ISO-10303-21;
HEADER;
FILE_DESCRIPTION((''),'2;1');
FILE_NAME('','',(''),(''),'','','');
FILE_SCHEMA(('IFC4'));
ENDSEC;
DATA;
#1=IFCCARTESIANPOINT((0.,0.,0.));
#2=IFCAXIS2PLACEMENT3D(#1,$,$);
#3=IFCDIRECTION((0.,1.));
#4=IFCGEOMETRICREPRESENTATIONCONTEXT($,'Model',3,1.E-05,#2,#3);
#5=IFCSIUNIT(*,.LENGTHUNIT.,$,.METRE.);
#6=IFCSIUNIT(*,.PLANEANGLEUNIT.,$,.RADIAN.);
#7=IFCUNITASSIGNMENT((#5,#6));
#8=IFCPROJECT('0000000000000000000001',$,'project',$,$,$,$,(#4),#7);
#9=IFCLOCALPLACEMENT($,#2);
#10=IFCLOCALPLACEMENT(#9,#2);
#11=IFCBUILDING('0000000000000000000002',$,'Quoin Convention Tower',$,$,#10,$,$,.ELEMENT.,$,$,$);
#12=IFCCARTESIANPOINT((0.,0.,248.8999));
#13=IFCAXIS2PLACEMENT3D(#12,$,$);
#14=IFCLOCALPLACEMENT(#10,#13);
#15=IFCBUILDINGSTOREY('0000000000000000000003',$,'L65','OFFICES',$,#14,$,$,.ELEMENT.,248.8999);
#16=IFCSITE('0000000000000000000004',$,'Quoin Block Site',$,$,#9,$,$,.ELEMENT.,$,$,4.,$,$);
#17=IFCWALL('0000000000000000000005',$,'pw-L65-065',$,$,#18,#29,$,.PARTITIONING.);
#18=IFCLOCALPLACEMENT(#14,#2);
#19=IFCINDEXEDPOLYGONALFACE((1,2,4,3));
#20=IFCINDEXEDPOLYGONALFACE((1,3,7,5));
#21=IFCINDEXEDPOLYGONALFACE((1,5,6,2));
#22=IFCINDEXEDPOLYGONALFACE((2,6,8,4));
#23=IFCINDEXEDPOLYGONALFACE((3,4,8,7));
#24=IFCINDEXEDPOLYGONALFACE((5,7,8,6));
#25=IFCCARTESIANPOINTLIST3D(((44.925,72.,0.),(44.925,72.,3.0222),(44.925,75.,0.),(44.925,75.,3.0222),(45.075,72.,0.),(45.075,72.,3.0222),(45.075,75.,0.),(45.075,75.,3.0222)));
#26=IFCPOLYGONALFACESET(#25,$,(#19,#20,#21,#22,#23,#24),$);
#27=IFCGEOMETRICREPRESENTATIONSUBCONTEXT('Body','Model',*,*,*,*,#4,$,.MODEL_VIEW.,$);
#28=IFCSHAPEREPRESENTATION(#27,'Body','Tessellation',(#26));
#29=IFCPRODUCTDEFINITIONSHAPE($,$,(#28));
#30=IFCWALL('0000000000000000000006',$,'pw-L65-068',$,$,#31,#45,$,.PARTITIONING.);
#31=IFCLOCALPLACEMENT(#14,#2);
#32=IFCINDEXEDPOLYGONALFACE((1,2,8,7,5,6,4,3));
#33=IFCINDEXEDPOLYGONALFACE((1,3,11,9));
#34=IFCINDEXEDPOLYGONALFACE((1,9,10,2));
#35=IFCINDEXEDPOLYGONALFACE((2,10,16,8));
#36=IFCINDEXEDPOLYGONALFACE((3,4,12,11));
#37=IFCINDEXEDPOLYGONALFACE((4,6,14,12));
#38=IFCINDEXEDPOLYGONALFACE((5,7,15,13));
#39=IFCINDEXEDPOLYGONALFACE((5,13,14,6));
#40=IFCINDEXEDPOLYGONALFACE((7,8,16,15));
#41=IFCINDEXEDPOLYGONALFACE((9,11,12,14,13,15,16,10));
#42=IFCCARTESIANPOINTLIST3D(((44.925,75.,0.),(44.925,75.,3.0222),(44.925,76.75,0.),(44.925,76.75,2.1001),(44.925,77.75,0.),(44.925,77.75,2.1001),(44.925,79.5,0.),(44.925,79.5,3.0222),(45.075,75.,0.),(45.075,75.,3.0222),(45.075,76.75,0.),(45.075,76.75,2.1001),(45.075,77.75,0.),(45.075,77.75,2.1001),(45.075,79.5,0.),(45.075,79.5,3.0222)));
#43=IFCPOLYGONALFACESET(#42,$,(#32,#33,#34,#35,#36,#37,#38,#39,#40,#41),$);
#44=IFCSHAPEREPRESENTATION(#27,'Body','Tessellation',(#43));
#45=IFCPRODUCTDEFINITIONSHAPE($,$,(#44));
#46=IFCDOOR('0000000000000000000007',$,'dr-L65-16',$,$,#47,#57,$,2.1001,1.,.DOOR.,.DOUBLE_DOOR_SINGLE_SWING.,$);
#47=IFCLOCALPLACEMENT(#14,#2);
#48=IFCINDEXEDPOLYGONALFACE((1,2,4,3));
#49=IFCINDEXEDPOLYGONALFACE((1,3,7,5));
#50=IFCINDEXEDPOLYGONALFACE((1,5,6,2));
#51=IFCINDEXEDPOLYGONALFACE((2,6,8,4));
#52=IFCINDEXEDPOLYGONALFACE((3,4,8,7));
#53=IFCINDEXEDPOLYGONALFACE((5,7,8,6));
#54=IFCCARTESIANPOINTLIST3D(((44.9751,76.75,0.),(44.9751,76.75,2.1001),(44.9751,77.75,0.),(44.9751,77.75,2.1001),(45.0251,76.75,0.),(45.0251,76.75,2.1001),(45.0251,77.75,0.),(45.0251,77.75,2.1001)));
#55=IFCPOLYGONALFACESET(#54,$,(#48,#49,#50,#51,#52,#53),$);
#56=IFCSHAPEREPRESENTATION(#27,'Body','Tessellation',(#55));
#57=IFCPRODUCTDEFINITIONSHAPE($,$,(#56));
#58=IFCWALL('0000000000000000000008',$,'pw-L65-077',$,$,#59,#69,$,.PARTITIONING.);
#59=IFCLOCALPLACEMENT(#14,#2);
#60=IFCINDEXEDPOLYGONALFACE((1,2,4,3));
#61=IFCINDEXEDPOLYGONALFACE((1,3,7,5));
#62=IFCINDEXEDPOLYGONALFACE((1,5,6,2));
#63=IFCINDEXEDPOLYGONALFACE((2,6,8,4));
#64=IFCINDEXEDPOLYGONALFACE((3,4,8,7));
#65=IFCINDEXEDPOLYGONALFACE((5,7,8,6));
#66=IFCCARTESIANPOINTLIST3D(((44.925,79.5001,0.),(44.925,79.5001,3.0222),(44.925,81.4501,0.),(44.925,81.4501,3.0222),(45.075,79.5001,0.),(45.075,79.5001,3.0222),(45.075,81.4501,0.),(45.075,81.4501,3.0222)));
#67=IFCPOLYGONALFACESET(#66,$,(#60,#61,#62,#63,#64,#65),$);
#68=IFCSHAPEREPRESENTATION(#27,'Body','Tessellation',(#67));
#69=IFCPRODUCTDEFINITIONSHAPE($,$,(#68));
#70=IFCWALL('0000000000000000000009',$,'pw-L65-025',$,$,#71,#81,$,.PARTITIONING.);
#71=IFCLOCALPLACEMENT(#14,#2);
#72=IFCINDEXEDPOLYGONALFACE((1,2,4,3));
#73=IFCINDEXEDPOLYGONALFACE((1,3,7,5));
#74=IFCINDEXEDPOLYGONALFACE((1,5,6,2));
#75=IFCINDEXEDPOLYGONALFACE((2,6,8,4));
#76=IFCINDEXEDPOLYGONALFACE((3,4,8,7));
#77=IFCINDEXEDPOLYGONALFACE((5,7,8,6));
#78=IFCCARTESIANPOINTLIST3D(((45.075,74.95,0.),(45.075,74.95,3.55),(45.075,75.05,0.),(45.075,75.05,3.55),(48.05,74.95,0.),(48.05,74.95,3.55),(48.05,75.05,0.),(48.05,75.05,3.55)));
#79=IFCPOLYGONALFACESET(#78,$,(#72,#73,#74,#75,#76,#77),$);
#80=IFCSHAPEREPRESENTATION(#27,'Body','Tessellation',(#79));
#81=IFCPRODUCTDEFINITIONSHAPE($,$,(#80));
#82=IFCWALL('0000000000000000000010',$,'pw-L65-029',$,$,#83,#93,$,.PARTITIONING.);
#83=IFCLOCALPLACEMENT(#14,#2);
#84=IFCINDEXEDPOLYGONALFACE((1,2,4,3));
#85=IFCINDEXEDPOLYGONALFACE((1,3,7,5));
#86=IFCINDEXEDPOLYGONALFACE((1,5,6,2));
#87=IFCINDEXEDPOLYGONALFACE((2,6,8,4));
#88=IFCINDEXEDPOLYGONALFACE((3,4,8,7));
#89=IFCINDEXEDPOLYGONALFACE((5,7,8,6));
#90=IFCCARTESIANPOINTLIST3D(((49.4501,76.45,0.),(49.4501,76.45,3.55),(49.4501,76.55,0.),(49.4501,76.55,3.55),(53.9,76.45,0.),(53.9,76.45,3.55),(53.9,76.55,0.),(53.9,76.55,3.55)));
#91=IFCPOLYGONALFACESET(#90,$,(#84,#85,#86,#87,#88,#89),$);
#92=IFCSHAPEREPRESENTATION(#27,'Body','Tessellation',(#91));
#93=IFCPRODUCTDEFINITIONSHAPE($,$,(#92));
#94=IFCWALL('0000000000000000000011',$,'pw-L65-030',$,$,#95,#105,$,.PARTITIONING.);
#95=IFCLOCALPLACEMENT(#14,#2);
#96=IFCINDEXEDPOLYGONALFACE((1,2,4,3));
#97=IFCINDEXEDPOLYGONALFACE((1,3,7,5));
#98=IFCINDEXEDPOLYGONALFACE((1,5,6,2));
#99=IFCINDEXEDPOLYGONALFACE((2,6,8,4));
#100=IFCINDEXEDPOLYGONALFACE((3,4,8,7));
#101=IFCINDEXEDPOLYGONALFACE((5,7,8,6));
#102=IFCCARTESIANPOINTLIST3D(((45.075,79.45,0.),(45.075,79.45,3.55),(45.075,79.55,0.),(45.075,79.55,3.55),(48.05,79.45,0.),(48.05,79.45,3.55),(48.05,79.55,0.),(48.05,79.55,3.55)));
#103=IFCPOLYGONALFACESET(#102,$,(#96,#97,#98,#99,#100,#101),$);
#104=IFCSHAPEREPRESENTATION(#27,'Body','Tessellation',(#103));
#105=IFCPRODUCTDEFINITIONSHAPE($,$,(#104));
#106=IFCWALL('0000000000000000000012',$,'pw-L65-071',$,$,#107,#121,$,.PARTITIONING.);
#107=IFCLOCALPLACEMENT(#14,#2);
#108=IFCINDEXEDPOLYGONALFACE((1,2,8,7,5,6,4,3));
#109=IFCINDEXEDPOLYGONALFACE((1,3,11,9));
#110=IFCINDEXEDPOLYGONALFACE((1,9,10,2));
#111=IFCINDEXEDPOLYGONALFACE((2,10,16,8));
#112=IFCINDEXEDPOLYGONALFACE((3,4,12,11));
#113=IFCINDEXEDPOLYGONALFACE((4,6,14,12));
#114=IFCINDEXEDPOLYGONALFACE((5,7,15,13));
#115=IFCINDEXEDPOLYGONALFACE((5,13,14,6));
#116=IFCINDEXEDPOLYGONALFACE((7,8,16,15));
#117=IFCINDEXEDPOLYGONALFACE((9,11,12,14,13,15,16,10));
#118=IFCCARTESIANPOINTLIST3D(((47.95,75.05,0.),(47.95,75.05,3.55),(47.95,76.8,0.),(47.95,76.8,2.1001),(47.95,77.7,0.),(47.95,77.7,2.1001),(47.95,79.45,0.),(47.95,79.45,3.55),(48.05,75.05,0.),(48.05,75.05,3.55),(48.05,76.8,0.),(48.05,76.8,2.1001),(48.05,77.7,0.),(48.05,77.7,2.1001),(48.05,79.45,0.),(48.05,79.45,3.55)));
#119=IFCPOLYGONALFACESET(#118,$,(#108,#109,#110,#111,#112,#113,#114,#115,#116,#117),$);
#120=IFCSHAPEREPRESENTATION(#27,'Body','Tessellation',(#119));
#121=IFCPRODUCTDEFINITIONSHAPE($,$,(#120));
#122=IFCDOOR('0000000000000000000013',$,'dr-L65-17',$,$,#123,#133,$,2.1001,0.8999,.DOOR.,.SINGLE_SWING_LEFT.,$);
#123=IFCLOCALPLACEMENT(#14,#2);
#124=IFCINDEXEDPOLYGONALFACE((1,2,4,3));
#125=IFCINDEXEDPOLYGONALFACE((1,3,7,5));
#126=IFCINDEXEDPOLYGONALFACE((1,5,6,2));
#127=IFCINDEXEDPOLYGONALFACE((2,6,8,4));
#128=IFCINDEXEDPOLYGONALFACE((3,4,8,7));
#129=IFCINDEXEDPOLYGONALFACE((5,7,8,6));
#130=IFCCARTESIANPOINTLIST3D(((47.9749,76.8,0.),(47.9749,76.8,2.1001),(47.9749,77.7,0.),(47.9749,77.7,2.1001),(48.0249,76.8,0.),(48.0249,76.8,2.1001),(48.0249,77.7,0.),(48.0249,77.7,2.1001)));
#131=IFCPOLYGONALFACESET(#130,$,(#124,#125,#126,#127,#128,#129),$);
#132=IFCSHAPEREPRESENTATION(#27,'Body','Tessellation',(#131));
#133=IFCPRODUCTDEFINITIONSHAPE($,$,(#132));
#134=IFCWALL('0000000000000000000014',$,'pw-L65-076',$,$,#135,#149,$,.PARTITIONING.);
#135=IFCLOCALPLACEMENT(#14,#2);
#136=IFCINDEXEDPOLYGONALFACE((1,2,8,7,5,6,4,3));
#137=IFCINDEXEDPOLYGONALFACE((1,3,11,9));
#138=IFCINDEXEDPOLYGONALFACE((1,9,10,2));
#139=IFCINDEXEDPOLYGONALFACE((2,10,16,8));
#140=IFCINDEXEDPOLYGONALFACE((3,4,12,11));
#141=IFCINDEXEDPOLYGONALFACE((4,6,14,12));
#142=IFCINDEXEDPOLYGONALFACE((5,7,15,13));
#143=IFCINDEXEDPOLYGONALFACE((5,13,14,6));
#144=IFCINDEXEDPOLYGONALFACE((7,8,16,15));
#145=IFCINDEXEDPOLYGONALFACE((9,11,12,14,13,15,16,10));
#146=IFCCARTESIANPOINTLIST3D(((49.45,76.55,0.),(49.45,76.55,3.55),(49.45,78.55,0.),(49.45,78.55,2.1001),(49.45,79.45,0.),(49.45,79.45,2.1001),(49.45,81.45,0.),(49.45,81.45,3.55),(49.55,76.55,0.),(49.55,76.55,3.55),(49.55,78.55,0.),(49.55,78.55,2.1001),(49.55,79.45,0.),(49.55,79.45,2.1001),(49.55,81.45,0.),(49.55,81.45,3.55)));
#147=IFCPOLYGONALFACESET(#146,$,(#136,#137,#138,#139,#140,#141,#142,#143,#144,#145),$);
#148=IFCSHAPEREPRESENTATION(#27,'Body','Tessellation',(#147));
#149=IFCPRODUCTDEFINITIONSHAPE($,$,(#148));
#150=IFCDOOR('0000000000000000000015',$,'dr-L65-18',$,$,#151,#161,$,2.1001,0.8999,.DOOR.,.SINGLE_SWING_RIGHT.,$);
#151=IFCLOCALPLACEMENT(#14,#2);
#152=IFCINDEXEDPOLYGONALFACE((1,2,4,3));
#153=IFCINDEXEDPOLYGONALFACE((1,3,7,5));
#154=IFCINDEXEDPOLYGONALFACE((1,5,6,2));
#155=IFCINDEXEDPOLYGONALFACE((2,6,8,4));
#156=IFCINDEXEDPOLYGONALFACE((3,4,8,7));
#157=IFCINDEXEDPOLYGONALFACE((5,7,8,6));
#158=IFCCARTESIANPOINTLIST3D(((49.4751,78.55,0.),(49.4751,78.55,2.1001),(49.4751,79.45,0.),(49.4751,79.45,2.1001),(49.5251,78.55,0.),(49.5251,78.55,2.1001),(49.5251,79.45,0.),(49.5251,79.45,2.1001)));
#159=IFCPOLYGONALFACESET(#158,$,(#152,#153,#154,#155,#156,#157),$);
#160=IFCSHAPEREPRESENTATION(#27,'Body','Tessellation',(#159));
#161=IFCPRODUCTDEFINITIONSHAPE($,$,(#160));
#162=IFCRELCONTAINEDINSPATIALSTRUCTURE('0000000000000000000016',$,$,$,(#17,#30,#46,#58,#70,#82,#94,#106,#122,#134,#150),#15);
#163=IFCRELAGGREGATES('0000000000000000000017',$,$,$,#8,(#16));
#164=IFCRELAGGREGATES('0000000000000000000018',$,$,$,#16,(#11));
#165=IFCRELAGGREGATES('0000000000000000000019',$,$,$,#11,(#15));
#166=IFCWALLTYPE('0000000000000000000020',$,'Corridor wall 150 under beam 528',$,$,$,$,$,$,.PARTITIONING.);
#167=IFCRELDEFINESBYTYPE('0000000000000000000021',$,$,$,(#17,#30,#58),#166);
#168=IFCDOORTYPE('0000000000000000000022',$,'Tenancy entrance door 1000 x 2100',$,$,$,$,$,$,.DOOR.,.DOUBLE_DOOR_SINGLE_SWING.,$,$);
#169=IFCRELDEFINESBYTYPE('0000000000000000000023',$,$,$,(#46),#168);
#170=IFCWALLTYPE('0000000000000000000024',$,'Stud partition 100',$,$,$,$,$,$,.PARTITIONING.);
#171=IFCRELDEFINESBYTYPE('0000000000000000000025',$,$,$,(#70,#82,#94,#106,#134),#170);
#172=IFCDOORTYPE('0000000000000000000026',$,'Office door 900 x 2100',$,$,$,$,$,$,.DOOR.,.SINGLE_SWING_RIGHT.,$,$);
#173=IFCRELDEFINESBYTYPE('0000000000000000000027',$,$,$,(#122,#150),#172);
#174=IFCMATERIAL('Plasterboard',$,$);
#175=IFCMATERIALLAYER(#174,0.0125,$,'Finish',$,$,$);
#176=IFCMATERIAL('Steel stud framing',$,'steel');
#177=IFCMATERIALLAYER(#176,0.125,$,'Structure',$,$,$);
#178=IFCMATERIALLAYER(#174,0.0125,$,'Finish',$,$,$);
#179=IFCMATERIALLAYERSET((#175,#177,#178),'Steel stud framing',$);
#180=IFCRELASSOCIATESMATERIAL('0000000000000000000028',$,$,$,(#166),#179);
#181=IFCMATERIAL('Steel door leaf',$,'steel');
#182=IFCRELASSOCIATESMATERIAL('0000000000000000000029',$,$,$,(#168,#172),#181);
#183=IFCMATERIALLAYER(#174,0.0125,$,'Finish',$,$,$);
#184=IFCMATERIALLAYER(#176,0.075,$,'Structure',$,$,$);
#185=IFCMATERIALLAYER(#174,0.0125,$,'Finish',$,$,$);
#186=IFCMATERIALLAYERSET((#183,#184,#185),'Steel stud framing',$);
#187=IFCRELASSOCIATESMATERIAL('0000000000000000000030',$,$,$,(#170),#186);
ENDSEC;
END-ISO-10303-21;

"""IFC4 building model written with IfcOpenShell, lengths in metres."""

from ifc_helpers import new_model, si_unit, direction, frame, frame_2d, origin, place, context, subcontext, project, spatial, rectangle, extrude, material, layer, layer_set, type_object, element, fill, save


model = new_model("IFC4")

# Units and contexts
model_context = context("Model", 3, precision=1e-05, world=origin(), true_north=direction((0.0, 1.0)))
body_context = subcontext(model_context, "Body", "Model", "MODEL_VIEW")
ifc_project = project(units=[si_unit("LENGTHUNIT", "METRE"), si_unit("PLANEANGLEUNIT", "RADIAN")], contexts=[model_context])

# Site, building, storey
site_placement = place(None, origin())
site = spatial("IfcSite", under=ifc_project, at=site_placement, Name="Quoin Block Site", CompositionType="ELEMENT", RefElevation=4.0)
building_placement = place(site_placement, origin())
building = spatial("IfcBuilding", under=site, at=building_placement, Name="Quoin Convention Tower", CompositionType="ELEMENT")
storey_placement = place(building_placement, frame((0.0, 0.0, 248.8999)))
storey = spatial("IfcBuildingStorey", under=building, at=storey_placement, Name="L65", Description="OFFICES", CompositionType="ELEMENT", Elevation=248.8999)

# Wall
ifc_material_1 = material(Name="Plasterboard")
ifc_layer_1 = layer(ifc_material_1, 0.0125, Name="Finish")
ifc_material_2 = material(Name="Steel stud framing", Category="steel")
ifc_layer_2 = layer(ifc_material_2, 0.125, Name="Structure")
ifc_layer_3 = layer(ifc_material_1, 0.0125, Name="Finish")
ifc_layer_set_1 = layer_set([ifc_layer_1, ifc_layer_2, ifc_layer_3], Name="Steel stud framing")
wall_type_1 = type_object("IfcWallType", Name="Corridor wall 150 under beam 528", PredefinedType="PARTITIONING", material=ifc_layer_set_1)
wall_1_placement = place(storey_placement, frame((45.0, 72.0, 0.0), z_axis=(0.0, 0.0, 1.0), x_axis=(0.0, 1.0, 0.0)))
element("IfcWall", 1, at=wall_1_placement, inside=storey, type_object=wall_type_1, Name="pw-L65-065", PredefinedType="PARTITIONING", context=body_context, shape_type="SweptSolid", body=[
    extrude(rectangle(XDim=3.0, YDim=0.1499, at=frame_2d((1.5, 0.0))), origin(), (0.0, 0.0, 1.0), 3.0222),
])

# Wall, opening, door
wall_2_placement = place(storey_placement, frame((45.0, 75.0, 0.0), z_axis=(0.0, 0.0, 1.0), x_axis=(0.0, 1.0, 0.0)))
wall_2 = element("IfcWall", 2, at=wall_2_placement, inside=storey, type_object=wall_type_1, Name="pw-L65-068", PredefinedType="PARTITIONING", context=body_context, shape_type="SweptSolid", body=[
    extrude(rectangle(XDim=4.5, YDim=0.1499, at=frame_2d((2.25, 0.0))), origin(), (0.0, 0.0, 1.0), 3.0222),
])
opening_1_placement = place(wall_2_placement, frame((1.75, 0.0, 0.0)))
opening_1 = element("IfcOpeningElement", 3, at=opening_1_placement, cuts=wall_2, PredefinedType="OPENING", context=body_context, shape_type="SweptSolid", body=[
    extrude(rectangle(XDim=1.0, YDim=2.1001, at=frame_2d((0.5, 1.05))), frame((0.0, 0.085, 0.0), z_axis=(0.0, -1.0, 0.0), x_axis=(1.0, 0.0, 0.0)), (0.0, 0.0, 1.0), 0.1699),
])
ifc_material_3 = material(Name="Steel door leaf", Category="steel")
door_type_1 = type_object("IfcDoorType", Name="Tenancy entrance door 1000 x 2100", OperationType="DOUBLE_DOOR_SINGLE_SWING", PredefinedType="DOOR", material=ifc_material_3)
door_1_placement = place(opening_1_placement, origin())
door_1 = element("IfcDoor", 4, at=door_1_placement, inside=storey, type_object=door_type_1, Name="dr-L65-16", OperationType="DOUBLE_DOOR_SINGLE_SWING", OverallHeight=2.1001, OverallWidth=1.0, PredefinedType="DOOR", context=body_context, shape_type="SweptSolid", body=[
    extrude(rectangle(XDim=1.0, YDim=2.1001, at=frame_2d((0.5, 1.05))), frame((0.0, 0.0249, 0.0), z_axis=(0.0, -1.0, 0.0), x_axis=(1.0, 0.0, 0.0)), (0.0, 0.0, 1.0), 0.05),
])
fill(opening_1, door_1)

# Walls
wall_3_placement = place(storey_placement, frame((45.0, 79.5, 0.0), z_axis=(0.0, 0.0, 1.0), x_axis=(0.0, 1.0, 0.0)))
element("IfcWall", 5, at=wall_3_placement, inside=storey, type_object=wall_type_1, Name="pw-L65-077", PredefinedType="PARTITIONING", context=body_context, shape_type="SweptSolid", body=[
    extrude(rectangle(XDim=1.95, YDim=0.1499, at=frame_2d((0.9751, 0.0))), origin(), (0.0, 0.0, 1.0), 3.0222),
])
ifc_layer_4 = layer(ifc_material_1, 0.0125, Name="Finish")
ifc_layer_5 = layer(ifc_material_2, 0.075, Name="Structure")
ifc_layer_6 = layer(ifc_material_1, 0.0125, Name="Finish")
ifc_layer_set_2 = layer_set([ifc_layer_4, ifc_layer_5, ifc_layer_6], Name="Steel stud framing")
wall_type_2 = type_object("IfcWallType", Name="Stud partition 100", PredefinedType="PARTITIONING", material=ifc_layer_set_2)
wall_4_placement = place(storey_placement, frame((45.075, 75.0, 0.0), z_axis=(0.0, 0.0, 1.0), x_axis=(1.0, 0.0, 0.0)))
element("IfcWall", 6, at=wall_4_placement, inside=storey, type_object=wall_type_2, Name="pw-L65-025", PredefinedType="PARTITIONING", context=body_context, shape_type="SweptSolid", body=[
    extrude(rectangle(XDim=2.9751, YDim=0.1001, at=frame_2d((1.4875, 0.0))), origin(), (0.0, 0.0, 1.0), 3.55),
])
wall_5_placement = place(storey_placement, frame((49.45, 76.5, 0.0), z_axis=(0.0, 0.0, 1.0), x_axis=(1.0, 0.0, 0.0)))
element("IfcWall", 7, at=wall_5_placement, inside=storey, type_object=wall_type_2, Name="pw-L65-029", PredefinedType="PARTITIONING", context=body_context, shape_type="SweptSolid", body=[
    extrude(rectangle(XDim=4.45, YDim=0.1001, at=frame_2d((2.2251, 0.0))), origin(), (0.0, 0.0, 1.0), 3.55),
])
wall_6_placement = place(storey_placement, frame((45.075, 79.5, 0.0), z_axis=(0.0, 0.0, 1.0), x_axis=(1.0, 0.0, 0.0)))
element("IfcWall", 8, at=wall_6_placement, inside=storey, type_object=wall_type_2, Name="pw-L65-030", PredefinedType="PARTITIONING", context=body_context, shape_type="SweptSolid", body=[
    extrude(rectangle(XDim=2.9751, YDim=0.1001, at=frame_2d((1.4875, 0.0))), origin(), (0.0, 0.0, 1.0), 3.55),
])

# Walls, openings, doors
wall_7_placement = place(storey_placement, frame((48.0, 75.05, 0.0), z_axis=(0.0, 0.0, 1.0), x_axis=(0.0, 1.0, 0.0)))
wall_7 = element("IfcWall", 9, at=wall_7_placement, inside=storey, type_object=wall_type_2, Name="pw-L65-071", PredefinedType="PARTITIONING", context=body_context, shape_type="SweptSolid", body=[
    extrude(rectangle(XDim=4.3999, YDim=0.1001, at=frame_2d((2.2, 0.0))), origin(), (0.0, 0.0, 1.0), 3.55),
])
opening_2_placement = place(wall_7_placement, frame((1.75, 0.0, 0.0)))
opening_2 = element("IfcOpeningElement", 10, at=opening_2_placement, cuts=wall_7, PredefinedType="OPENING", context=body_context, shape_type="SweptSolid", body=[
    extrude(rectangle(XDim=0.8999, YDim=2.1001, at=frame_2d((0.45, 1.05))), frame((0.0, 0.0601, 0.0), z_axis=(0.0, -1.0, 0.0), x_axis=(1.0, 0.0, 0.0)), (0.0, 0.0, 1.0), 0.1201),
])
door_type_2 = type_object("IfcDoorType", Name="Office door 900 x 2100", OperationType="SINGLE_SWING_RIGHT", PredefinedType="DOOR", material=ifc_material_3)
door_2_placement = place(opening_2_placement, frame((0.8999, 0.0, 0.0), z_axis=(0.0, 0.0, 1.0), x_axis=(-1.0, 0.0, 0.0)))
door_2 = element("IfcDoor", 11, at=door_2_placement, inside=storey, type_object=door_type_2, Name="dr-L65-17", OperationType="SINGLE_SWING_LEFT", OverallHeight=2.1001, OverallWidth=0.8999, PredefinedType="DOOR", context=body_context, shape_type="SweptSolid", body=[
    extrude(rectangle(XDim=0.8999, YDim=2.1001, at=frame_2d((0.45, 1.05))), frame((0.0, 0.0249, 0.0), z_axis=(0.0, -1.0, 0.0), x_axis=(1.0, 0.0, 0.0)), (0.0, 0.0, 1.0), 0.05),
])
fill(opening_2, door_2)
wall_8_placement = place(storey_placement, frame((49.5, 76.55, 0.0), z_axis=(0.0, 0.0, 1.0), x_axis=(0.0, 1.0, 0.0)))
wall_8 = element("IfcWall", 12, at=wall_8_placement, inside=storey, type_object=wall_type_2, Name="pw-L65-076", PredefinedType="PARTITIONING", context=body_context, shape_type="SweptSolid", body=[
    extrude(rectangle(XDim=4.8999, YDim=0.1001, at=frame_2d((2.45, 0.0))), origin(), (0.0, 0.0, 1.0), 3.55),
])
opening_3_placement = place(wall_8_placement, frame((2.0, 0.0, 0.0)))
opening_3 = element("IfcOpeningElement", 13, at=opening_3_placement, cuts=wall_8, PredefinedType="OPENING", context=body_context, shape_type="SweptSolid", body=[
    extrude(rectangle(XDim=0.8999, YDim=2.1001, at=frame_2d((0.45, 1.05))), frame((0.0, 0.0601, 0.0), z_axis=(0.0, -1.0, 0.0), x_axis=(1.0, 0.0, 0.0)), (0.0, 0.0, 1.0), 0.1201),
])
door_3_placement = place(opening_3_placement, origin())
door_3 = element("IfcDoor", 14, at=door_3_placement, inside=storey, type_object=door_type_2, Name="dr-L65-18", OperationType="SINGLE_SWING_RIGHT", OverallHeight=2.1001, OverallWidth=0.8999, PredefinedType="DOOR", context=body_context, shape_type="SweptSolid", body=[
    extrude(rectangle(XDim=0.8999, YDim=2.1001, at=frame_2d((0.45, 1.05))), frame((0.0, 0.0249, 0.0), z_axis=(0.0, -1.0, 0.0), x_axis=(1.0, 0.0, 0.0)), (0.0, 0.0, 1.0), 0.05),
])
fill(opening_3, door_3)

save(model, "model.ifc")
